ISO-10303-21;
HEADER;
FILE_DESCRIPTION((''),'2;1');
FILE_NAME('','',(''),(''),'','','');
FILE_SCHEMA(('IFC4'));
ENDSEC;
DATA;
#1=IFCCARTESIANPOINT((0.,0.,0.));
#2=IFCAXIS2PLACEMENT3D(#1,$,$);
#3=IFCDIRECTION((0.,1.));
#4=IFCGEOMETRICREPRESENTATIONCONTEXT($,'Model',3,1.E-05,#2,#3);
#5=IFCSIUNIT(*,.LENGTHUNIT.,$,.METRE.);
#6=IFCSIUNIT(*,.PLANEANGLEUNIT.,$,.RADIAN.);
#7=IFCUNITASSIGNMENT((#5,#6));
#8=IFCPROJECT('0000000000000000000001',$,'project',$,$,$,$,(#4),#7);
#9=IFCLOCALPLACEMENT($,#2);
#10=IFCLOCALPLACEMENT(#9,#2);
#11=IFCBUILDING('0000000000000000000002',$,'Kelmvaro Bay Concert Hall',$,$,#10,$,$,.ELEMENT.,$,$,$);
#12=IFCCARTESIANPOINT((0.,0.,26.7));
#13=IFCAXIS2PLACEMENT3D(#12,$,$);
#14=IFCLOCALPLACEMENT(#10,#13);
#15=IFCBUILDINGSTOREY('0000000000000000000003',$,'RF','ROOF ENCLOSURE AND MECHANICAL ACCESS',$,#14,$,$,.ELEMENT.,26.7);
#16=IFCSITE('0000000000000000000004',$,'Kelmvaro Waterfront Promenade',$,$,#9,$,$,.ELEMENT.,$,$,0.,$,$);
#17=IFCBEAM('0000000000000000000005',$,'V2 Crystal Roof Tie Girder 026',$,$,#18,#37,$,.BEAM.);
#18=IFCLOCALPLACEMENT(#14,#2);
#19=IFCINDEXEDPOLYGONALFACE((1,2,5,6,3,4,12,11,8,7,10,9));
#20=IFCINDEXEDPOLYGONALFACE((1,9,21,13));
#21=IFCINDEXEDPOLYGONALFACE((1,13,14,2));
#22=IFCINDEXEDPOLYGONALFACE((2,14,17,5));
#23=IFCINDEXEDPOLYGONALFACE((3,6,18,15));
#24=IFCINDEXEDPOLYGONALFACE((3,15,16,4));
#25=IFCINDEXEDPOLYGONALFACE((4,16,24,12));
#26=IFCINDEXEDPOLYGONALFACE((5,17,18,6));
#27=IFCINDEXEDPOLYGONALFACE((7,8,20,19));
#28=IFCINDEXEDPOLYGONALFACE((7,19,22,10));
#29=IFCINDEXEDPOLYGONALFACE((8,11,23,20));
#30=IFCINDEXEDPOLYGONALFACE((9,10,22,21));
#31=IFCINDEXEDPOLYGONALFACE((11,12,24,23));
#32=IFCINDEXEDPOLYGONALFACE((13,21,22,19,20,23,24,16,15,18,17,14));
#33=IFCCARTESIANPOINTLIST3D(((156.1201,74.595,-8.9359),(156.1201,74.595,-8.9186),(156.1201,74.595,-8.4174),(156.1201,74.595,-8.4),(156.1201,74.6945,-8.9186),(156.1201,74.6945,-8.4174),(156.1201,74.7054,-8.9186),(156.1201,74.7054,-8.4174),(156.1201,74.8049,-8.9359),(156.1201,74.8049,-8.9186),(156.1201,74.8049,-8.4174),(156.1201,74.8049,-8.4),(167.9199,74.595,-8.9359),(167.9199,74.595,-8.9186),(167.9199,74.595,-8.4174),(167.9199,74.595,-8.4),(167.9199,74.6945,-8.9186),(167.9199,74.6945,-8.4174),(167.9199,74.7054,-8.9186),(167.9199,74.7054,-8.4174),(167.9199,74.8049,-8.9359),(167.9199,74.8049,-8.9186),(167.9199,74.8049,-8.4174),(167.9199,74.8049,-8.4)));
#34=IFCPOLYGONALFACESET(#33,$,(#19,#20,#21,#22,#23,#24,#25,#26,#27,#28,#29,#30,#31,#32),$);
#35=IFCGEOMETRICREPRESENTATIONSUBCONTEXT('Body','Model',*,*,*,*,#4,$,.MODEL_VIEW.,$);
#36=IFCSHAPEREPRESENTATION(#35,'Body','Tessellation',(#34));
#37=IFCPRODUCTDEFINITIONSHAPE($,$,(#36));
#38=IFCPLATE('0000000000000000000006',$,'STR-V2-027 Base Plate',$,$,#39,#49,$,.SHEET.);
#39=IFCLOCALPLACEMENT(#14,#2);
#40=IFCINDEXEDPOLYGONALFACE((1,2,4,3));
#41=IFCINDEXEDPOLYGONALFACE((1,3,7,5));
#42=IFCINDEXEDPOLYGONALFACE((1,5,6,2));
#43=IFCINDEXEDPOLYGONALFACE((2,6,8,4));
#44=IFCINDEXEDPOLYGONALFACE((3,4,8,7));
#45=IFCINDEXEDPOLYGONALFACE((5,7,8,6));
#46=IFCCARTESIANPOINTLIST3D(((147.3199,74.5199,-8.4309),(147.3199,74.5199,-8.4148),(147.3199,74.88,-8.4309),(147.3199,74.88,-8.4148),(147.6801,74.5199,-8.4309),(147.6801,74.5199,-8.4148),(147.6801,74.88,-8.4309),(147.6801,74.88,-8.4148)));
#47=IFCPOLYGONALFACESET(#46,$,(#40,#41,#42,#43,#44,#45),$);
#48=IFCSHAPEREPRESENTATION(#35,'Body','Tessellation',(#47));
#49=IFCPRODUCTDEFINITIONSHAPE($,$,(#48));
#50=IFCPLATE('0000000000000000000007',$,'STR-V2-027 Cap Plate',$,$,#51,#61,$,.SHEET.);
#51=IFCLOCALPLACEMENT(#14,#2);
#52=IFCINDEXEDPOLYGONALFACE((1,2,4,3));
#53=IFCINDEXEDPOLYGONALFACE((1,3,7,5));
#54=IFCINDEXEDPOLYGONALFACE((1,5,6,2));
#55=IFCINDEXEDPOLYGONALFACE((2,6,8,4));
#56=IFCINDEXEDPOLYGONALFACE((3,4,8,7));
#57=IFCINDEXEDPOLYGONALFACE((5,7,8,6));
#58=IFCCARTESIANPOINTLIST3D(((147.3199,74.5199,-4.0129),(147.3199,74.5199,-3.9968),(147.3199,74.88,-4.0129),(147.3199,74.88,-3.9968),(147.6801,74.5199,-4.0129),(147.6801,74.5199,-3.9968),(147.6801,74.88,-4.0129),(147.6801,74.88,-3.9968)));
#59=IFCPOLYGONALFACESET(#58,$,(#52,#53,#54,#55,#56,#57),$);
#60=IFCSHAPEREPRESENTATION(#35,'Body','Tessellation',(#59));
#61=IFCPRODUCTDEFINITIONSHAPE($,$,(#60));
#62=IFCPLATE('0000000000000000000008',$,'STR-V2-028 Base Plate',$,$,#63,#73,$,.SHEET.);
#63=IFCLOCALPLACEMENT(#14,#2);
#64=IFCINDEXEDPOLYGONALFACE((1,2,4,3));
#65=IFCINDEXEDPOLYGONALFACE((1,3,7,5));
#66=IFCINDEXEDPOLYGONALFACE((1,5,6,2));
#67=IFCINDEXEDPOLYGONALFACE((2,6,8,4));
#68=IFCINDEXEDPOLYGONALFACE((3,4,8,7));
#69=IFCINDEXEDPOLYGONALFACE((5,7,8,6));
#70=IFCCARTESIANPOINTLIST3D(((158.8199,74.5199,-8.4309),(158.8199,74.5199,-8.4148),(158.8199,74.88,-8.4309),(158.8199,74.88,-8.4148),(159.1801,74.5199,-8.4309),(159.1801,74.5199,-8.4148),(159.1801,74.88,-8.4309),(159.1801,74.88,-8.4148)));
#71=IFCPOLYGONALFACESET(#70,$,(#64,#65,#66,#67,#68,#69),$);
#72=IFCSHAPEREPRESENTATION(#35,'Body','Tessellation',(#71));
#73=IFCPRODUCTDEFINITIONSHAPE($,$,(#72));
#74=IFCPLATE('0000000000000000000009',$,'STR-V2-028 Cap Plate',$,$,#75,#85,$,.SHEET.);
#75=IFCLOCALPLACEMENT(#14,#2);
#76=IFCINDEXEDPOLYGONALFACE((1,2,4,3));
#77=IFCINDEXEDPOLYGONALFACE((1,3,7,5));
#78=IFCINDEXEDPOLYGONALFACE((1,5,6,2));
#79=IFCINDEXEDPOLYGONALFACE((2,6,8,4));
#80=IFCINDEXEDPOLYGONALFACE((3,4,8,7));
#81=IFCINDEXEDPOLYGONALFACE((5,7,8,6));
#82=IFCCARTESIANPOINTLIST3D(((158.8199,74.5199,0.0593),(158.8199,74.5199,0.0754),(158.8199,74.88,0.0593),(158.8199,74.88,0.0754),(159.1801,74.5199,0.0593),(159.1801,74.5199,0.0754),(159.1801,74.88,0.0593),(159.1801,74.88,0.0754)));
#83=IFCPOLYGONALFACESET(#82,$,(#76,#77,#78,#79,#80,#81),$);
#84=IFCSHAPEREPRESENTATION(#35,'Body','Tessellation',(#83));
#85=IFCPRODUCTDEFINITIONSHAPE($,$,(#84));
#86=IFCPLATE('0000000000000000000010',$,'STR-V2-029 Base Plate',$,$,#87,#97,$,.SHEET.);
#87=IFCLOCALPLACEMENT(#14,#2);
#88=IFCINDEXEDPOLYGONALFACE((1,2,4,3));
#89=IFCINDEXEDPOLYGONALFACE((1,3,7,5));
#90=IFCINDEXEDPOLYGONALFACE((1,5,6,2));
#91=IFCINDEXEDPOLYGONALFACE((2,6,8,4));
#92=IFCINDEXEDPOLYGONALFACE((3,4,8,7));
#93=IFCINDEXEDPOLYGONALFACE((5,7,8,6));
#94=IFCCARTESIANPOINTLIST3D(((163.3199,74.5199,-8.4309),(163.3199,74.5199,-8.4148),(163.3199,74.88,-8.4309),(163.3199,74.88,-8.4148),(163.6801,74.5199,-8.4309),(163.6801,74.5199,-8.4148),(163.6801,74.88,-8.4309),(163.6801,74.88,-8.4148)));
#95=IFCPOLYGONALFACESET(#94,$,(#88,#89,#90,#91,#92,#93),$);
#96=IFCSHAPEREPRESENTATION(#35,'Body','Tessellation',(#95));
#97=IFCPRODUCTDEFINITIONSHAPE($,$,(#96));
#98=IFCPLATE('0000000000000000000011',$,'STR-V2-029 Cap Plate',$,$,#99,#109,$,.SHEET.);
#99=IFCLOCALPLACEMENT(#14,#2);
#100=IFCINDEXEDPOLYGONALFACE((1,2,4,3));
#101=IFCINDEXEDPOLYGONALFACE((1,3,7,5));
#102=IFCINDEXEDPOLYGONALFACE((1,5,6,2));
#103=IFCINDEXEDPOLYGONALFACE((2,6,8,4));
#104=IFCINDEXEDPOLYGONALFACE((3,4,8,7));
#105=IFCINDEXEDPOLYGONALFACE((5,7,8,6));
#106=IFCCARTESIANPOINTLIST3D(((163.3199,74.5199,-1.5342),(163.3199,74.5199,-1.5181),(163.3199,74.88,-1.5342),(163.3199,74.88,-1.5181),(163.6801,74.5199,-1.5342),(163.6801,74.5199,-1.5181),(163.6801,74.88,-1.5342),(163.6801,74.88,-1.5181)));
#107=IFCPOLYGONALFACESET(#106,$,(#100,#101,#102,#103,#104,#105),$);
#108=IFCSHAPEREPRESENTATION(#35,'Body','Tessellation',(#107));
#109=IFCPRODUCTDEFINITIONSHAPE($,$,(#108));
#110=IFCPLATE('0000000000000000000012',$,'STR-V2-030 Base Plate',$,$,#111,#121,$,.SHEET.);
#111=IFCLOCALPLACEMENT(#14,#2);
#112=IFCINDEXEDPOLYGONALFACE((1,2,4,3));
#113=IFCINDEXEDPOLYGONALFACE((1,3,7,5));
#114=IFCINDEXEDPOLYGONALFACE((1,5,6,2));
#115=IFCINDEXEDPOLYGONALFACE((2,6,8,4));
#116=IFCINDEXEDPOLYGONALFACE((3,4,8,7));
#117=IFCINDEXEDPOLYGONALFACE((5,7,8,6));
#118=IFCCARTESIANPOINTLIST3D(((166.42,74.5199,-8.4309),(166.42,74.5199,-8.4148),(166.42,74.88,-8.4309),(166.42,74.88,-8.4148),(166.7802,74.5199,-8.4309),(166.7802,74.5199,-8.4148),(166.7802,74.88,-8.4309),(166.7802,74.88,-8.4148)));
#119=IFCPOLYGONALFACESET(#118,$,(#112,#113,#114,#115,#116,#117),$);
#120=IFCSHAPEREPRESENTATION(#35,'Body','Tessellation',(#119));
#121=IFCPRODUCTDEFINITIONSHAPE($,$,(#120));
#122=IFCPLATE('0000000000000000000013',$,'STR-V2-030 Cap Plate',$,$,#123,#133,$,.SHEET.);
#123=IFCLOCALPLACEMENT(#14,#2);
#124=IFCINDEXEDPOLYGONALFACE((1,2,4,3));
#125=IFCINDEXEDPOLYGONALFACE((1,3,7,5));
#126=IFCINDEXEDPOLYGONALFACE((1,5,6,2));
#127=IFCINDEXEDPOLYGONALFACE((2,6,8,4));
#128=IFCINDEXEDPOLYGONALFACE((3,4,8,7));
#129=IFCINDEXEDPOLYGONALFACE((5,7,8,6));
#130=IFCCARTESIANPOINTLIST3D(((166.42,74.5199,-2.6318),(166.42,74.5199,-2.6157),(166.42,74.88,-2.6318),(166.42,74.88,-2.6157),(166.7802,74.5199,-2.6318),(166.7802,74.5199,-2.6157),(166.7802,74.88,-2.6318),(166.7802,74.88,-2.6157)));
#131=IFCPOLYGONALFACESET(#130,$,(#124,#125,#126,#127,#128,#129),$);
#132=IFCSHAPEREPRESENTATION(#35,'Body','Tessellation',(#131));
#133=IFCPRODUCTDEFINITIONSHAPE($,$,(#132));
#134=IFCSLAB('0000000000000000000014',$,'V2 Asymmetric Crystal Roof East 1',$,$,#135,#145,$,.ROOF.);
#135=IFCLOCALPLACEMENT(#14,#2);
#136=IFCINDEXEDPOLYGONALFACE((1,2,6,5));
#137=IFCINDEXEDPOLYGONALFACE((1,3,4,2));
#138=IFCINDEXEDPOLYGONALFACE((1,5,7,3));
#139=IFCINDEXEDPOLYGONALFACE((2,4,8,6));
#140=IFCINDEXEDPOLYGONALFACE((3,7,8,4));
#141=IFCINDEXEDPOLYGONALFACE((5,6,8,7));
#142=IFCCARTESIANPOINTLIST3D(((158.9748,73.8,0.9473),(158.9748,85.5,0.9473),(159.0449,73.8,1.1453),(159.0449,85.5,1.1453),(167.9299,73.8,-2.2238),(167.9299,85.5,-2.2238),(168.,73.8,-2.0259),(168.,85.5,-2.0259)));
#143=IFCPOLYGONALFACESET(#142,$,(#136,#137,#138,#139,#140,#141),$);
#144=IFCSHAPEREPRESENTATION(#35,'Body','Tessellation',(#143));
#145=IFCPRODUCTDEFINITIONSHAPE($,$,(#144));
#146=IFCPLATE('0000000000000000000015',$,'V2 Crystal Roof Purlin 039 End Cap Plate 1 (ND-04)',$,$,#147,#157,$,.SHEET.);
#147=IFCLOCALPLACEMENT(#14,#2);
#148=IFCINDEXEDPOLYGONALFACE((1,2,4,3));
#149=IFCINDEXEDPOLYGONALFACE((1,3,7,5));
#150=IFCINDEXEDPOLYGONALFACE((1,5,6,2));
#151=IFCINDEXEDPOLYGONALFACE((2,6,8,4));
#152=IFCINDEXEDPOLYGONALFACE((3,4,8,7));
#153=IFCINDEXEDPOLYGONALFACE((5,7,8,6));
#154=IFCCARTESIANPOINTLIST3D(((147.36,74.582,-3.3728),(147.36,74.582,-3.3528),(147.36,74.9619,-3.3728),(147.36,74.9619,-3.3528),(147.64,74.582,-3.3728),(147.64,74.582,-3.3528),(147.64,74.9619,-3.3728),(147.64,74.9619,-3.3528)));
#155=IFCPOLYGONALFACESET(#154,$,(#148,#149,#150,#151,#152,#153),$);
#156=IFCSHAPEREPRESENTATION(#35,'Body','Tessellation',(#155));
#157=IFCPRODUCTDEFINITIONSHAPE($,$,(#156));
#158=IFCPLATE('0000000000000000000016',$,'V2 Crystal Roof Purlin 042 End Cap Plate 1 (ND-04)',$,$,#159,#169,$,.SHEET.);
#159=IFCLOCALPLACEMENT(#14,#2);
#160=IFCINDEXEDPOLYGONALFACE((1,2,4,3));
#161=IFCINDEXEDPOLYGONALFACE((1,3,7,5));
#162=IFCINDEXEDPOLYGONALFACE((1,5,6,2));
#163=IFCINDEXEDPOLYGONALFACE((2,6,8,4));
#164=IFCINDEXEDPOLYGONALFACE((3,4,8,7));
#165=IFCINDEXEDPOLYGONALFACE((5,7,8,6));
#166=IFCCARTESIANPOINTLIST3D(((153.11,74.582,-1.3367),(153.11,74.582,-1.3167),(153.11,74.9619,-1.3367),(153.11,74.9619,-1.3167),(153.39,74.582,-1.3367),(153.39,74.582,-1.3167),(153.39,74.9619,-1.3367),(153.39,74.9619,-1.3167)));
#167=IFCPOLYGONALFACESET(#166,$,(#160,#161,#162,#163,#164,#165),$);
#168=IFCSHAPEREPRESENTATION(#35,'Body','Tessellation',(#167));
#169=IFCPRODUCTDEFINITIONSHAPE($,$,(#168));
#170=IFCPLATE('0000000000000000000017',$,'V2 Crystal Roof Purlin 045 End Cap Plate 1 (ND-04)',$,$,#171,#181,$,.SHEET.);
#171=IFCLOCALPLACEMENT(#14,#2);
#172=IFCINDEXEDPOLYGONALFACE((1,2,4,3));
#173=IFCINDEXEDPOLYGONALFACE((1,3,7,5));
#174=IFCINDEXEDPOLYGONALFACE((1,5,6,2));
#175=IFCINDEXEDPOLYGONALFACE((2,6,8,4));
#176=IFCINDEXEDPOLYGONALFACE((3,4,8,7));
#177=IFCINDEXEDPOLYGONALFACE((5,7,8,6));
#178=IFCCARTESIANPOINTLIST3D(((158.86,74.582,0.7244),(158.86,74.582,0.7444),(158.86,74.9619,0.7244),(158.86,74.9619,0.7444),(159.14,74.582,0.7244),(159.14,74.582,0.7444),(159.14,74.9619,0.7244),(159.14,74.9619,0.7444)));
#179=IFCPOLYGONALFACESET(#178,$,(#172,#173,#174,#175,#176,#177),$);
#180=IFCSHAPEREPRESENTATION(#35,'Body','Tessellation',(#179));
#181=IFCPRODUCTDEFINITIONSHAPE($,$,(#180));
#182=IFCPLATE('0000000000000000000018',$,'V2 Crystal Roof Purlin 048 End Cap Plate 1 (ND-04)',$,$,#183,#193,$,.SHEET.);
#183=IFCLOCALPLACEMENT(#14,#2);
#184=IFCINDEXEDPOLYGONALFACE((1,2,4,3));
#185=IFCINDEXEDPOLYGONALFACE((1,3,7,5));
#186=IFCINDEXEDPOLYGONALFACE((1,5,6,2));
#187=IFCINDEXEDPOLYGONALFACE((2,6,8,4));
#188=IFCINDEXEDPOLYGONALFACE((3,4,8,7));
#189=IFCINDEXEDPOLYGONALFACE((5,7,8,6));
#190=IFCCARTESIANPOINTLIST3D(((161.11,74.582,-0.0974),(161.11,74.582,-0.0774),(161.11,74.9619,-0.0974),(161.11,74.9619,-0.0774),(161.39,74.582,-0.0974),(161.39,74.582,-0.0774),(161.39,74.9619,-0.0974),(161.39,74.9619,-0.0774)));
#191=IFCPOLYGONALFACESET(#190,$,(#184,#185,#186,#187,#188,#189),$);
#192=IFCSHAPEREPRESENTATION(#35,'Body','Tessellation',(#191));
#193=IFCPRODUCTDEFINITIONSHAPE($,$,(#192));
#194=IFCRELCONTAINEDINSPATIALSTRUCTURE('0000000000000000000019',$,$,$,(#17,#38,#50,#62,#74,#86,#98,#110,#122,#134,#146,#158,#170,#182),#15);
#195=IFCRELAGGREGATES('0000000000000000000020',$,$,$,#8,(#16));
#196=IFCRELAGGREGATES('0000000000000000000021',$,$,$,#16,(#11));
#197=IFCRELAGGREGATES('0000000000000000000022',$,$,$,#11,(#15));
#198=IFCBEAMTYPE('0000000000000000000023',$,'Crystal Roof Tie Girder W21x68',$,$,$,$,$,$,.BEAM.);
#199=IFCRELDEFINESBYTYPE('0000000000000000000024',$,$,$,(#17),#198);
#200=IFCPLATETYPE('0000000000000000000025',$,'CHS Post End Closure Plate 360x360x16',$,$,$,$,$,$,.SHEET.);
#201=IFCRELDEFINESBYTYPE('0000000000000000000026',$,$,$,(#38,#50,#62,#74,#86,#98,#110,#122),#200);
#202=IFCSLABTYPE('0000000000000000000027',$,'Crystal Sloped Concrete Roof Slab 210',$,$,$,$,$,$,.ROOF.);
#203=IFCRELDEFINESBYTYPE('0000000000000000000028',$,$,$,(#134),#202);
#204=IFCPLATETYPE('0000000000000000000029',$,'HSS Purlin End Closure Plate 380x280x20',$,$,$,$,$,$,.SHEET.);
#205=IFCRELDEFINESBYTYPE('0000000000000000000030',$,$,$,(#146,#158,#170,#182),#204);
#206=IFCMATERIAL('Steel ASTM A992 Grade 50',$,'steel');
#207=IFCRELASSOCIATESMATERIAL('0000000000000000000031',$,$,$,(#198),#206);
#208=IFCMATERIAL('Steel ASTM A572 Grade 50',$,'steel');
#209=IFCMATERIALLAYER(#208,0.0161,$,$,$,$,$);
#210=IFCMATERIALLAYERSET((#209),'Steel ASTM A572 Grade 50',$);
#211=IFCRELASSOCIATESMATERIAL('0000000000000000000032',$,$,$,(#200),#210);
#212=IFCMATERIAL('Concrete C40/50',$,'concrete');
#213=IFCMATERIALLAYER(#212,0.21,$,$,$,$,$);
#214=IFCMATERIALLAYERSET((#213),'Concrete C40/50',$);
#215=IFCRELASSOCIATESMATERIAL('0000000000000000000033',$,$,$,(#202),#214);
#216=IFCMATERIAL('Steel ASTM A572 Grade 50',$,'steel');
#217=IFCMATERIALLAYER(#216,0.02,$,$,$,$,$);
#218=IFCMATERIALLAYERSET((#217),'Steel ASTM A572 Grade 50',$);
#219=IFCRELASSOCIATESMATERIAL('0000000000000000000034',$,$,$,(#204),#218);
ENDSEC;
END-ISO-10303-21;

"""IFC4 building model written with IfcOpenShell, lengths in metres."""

from ifc_helpers import new_model, si_unit, direction, frame, origin, origin_2d, place, context, subcontext, project, spatial, polyline, rectangle, i_section, outline, extrude, material, layer, layer_set, material_profile, profile_set, type_object, element, save


model = new_model("IFC4")

# Units and contexts
model_context = context("Model", 3, precision=1e-05, world=origin(), true_north=direction((0.0, 1.0)))
body_context = subcontext(model_context, "Body", "Model", "MODEL_VIEW")
ifc_project = project(units=[si_unit("LENGTHUNIT", "METRE"), si_unit("PLANEANGLEUNIT", "RADIAN")], contexts=[model_context])

# Site, building, storey
site_placement = place(None, origin())
site = spatial("IfcSite", under=ifc_project, at=site_placement, Name="Kelmvaro Waterfront Promenade", CompositionType="ELEMENT", RefElevation=0.0)
building_placement = place(site_placement, origin())
building = spatial("IfcBuilding", under=site, at=building_placement, Name="Kelmvaro Bay Concert Hall", CompositionType="ELEMENT")
storey_placement = place(building_placement, frame((0.0, 0.0, 26.7)))
storey = spatial("IfcBuildingStorey", under=building, at=storey_placement, Name="RF", Description="ROOF ENCLOSURE AND MECHANICAL ACCESS", CompositionType="ELEMENT", Elevation=26.7)

# Beam
ifc_material_1 = material(Name="Steel ASTM A992 Grade 50", Category="steel")
ifc_material_profile_1 = material_profile(ifc_material_1, i_section(OverallWidth=0.21, OverallDepth=0.5359, WebThickness=0.011, FlangeThickness=0.0173, at=origin_2d()), Name="W21X68")
ifc_profile_set_1 = profile_set([ifc_material_profile_1], Name="Steel ASTM A992 Grade 50")
beam_type_1 = type_object("IfcBeamType", Name="Crystal Roof Tie Girder W21x68", PredefinedType="BEAM", material=ifc_profile_set_1)
beam_1_placement = place(storey_placement, frame((156.1201, 74.7, -8.668), z_axis=(1.0, 0.0, 0.0), x_axis=(0.0, 1.0, 0.0)))
element("IfcBeam", 1, at=beam_1_placement, inside=storey, type_object=beam_type_1, Name="V2 Crystal Roof Tie Girder 026", PredefinedType="BEAM", context=body_context, shape_type="SweptSolid", body=[
    extrude(i_section(OverallWidth=0.21, OverallDepth=0.5359, WebThickness=0.011, FlangeThickness=0.0173, at=origin_2d()), origin(), (0.0, 0.0, 1.0), 11.7998),
])

# Plates
ifc_material_2 = material(Name="Steel ASTM A572 Grade 50", Category="steel")
ifc_layer_1 = layer(ifc_material_2, 0.0161)
ifc_layer_set_1 = layer_set([ifc_layer_1], Name="Steel ASTM A572 Grade 50")
plate_type_1 = type_object("IfcPlateType", Name="CHS Post End Closure Plate 360x360x16", PredefinedType="SHEET", material=ifc_layer_set_1)
for number, where, z_axis, x_axis, name in (
    (2, (147.5, 74.7, -8.4309), (0.0, 0.0, 1.0), (1.0, 0.0, 0.0), "STR-V2-027 Base Plate"),
    (3, (147.5, 74.7, -4.0129), (0.0, 0.0, 1.0), (1.0, 0.0, 0.0), "STR-V2-027 Cap Plate"),
    (4, (159.0, 74.7, -8.4309), (0.0, 0.0, 1.0), (1.0, 0.0, 0.0), "STR-V2-028 Base Plate"),
    (5, (159.0, 74.7, 0.0593), (0.0, 0.0, 1.0), (1.0, 0.0, 0.0), "STR-V2-028 Cap Plate"),
    (6, (163.5, 74.7, -8.4309), (0.0, 0.0, 1.0), (1.0, 0.0, 0.0), "STR-V2-029 Base Plate"),
    (7, (163.5, 74.7, -1.5342), (0.0, 0.0, 1.0), (1.0, 0.0, 0.0), "STR-V2-029 Cap Plate"),
    (8, (166.6001, 74.7, -8.4309), (0.0, 0.0, 1.0), (1.0, 0.0, 0.0), "STR-V2-030 Base Plate"),
    (9, (166.6001, 74.7, -2.6318), (0.0, 0.0, 1.0), (1.0, 0.0, 0.0), "STR-V2-030 Cap Plate"),
):
    element("IfcPlate", number, at=place(storey_placement, frame(where, z_axis=z_axis, x_axis=x_axis)), inside=storey, type_object=plate_type_1, Name=name, PredefinedType="SHEET", context=body_context, shape_type="SweptSolid", body=[
        extrude(rectangle(XDim=0.3601, YDim=0.3601, at=origin_2d()), origin(), (0.0, 0.0, 1.0), 0.0161),
    ])

# Slab
ifc_material_3 = material(Name="Concrete C40/50", Category="concrete")
ifc_layer_2 = layer(ifc_material_3, 0.21)
ifc_layer_set_2 = layer_set([ifc_layer_2], Name="Concrete C40/50")
slab_type = type_object("IfcSlabType", Name="Crystal Sloped Concrete Roof Slab 210", PredefinedType="ROOF", material=ifc_layer_set_2)
slab_placement = place(storey_placement, frame((159.0449, 73.8, 1.1453), z_axis=(0.333805, 0.0, 0.942642), x_axis=(0.942642, 0.0, -0.333805)))
element("IfcSlab", 10, at=slab_placement, inside=storey, type_object=slab_type, Name="V2 Asymmetric Crystal Roof East 1", PredefinedType="ROOF", context=body_context, shape_type="SweptSolid", body=[
    extrude(outline(polyline([(0.0, 0.0), (9.5, 0.0), (9.5, 11.7), (0.0, 11.7), (0.0, 0.0)])), origin(), (0.0, 0.0, -1.0), 0.21),
])

# Plates
ifc_material_4 = material(Name="Steel ASTM A572 Grade 50", Category="steel")
ifc_layer_3 = layer(ifc_material_4, 0.02)
ifc_layer_set_3 = layer_set([ifc_layer_3], Name="Steel ASTM A572 Grade 50")
plate_type_2 = type_object("IfcPlateType", Name="HSS Purlin End Closure Plate 380x280x20", PredefinedType="SHEET", material=ifc_layer_set_3)
for number, where, z_axis, x_axis, name in (
    (11, (147.5, 74.772, -3.3728), (0.0, 0.0, 1.0), (0.0, 1.0, 0.0), "V2 Crystal Roof Purlin 039 End Cap Plate 1 (ND-04)"),
    (12, (153.25, 74.772, -1.3367), (0.0, 0.0, 1.0), (0.0, 1.0, 0.0), "V2 Crystal Roof Purlin 042 End Cap Plate 1 (ND-04)"),
    (13, (159.0, 74.772, 0.7244), (0.0, 0.0, 1.0), (0.0, 1.0, 0.0), "V2 Crystal Roof Purlin 045 End Cap Plate 1 (ND-04)"),
    (14, (161.25, 74.772, -0.0974), (0.0, 0.0, 1.0), (0.0, 1.0, 0.0), "V2 Crystal Roof Purlin 048 End Cap Plate 1 (ND-04)"),
):
    element("IfcPlate", number, at=place(storey_placement, frame(where, z_axis=z_axis, x_axis=x_axis)), inside=storey, type_object=plate_type_2, Name=name, PredefinedType="SHEET", context=body_context, shape_type="SweptSolid", body=[
        extrude(rectangle(XDim=0.3799, YDim=0.28, at=origin_2d()), origin(), (0.0, 0.0, 1.0), 0.02),
    ])

save(model, "model.ifc")
